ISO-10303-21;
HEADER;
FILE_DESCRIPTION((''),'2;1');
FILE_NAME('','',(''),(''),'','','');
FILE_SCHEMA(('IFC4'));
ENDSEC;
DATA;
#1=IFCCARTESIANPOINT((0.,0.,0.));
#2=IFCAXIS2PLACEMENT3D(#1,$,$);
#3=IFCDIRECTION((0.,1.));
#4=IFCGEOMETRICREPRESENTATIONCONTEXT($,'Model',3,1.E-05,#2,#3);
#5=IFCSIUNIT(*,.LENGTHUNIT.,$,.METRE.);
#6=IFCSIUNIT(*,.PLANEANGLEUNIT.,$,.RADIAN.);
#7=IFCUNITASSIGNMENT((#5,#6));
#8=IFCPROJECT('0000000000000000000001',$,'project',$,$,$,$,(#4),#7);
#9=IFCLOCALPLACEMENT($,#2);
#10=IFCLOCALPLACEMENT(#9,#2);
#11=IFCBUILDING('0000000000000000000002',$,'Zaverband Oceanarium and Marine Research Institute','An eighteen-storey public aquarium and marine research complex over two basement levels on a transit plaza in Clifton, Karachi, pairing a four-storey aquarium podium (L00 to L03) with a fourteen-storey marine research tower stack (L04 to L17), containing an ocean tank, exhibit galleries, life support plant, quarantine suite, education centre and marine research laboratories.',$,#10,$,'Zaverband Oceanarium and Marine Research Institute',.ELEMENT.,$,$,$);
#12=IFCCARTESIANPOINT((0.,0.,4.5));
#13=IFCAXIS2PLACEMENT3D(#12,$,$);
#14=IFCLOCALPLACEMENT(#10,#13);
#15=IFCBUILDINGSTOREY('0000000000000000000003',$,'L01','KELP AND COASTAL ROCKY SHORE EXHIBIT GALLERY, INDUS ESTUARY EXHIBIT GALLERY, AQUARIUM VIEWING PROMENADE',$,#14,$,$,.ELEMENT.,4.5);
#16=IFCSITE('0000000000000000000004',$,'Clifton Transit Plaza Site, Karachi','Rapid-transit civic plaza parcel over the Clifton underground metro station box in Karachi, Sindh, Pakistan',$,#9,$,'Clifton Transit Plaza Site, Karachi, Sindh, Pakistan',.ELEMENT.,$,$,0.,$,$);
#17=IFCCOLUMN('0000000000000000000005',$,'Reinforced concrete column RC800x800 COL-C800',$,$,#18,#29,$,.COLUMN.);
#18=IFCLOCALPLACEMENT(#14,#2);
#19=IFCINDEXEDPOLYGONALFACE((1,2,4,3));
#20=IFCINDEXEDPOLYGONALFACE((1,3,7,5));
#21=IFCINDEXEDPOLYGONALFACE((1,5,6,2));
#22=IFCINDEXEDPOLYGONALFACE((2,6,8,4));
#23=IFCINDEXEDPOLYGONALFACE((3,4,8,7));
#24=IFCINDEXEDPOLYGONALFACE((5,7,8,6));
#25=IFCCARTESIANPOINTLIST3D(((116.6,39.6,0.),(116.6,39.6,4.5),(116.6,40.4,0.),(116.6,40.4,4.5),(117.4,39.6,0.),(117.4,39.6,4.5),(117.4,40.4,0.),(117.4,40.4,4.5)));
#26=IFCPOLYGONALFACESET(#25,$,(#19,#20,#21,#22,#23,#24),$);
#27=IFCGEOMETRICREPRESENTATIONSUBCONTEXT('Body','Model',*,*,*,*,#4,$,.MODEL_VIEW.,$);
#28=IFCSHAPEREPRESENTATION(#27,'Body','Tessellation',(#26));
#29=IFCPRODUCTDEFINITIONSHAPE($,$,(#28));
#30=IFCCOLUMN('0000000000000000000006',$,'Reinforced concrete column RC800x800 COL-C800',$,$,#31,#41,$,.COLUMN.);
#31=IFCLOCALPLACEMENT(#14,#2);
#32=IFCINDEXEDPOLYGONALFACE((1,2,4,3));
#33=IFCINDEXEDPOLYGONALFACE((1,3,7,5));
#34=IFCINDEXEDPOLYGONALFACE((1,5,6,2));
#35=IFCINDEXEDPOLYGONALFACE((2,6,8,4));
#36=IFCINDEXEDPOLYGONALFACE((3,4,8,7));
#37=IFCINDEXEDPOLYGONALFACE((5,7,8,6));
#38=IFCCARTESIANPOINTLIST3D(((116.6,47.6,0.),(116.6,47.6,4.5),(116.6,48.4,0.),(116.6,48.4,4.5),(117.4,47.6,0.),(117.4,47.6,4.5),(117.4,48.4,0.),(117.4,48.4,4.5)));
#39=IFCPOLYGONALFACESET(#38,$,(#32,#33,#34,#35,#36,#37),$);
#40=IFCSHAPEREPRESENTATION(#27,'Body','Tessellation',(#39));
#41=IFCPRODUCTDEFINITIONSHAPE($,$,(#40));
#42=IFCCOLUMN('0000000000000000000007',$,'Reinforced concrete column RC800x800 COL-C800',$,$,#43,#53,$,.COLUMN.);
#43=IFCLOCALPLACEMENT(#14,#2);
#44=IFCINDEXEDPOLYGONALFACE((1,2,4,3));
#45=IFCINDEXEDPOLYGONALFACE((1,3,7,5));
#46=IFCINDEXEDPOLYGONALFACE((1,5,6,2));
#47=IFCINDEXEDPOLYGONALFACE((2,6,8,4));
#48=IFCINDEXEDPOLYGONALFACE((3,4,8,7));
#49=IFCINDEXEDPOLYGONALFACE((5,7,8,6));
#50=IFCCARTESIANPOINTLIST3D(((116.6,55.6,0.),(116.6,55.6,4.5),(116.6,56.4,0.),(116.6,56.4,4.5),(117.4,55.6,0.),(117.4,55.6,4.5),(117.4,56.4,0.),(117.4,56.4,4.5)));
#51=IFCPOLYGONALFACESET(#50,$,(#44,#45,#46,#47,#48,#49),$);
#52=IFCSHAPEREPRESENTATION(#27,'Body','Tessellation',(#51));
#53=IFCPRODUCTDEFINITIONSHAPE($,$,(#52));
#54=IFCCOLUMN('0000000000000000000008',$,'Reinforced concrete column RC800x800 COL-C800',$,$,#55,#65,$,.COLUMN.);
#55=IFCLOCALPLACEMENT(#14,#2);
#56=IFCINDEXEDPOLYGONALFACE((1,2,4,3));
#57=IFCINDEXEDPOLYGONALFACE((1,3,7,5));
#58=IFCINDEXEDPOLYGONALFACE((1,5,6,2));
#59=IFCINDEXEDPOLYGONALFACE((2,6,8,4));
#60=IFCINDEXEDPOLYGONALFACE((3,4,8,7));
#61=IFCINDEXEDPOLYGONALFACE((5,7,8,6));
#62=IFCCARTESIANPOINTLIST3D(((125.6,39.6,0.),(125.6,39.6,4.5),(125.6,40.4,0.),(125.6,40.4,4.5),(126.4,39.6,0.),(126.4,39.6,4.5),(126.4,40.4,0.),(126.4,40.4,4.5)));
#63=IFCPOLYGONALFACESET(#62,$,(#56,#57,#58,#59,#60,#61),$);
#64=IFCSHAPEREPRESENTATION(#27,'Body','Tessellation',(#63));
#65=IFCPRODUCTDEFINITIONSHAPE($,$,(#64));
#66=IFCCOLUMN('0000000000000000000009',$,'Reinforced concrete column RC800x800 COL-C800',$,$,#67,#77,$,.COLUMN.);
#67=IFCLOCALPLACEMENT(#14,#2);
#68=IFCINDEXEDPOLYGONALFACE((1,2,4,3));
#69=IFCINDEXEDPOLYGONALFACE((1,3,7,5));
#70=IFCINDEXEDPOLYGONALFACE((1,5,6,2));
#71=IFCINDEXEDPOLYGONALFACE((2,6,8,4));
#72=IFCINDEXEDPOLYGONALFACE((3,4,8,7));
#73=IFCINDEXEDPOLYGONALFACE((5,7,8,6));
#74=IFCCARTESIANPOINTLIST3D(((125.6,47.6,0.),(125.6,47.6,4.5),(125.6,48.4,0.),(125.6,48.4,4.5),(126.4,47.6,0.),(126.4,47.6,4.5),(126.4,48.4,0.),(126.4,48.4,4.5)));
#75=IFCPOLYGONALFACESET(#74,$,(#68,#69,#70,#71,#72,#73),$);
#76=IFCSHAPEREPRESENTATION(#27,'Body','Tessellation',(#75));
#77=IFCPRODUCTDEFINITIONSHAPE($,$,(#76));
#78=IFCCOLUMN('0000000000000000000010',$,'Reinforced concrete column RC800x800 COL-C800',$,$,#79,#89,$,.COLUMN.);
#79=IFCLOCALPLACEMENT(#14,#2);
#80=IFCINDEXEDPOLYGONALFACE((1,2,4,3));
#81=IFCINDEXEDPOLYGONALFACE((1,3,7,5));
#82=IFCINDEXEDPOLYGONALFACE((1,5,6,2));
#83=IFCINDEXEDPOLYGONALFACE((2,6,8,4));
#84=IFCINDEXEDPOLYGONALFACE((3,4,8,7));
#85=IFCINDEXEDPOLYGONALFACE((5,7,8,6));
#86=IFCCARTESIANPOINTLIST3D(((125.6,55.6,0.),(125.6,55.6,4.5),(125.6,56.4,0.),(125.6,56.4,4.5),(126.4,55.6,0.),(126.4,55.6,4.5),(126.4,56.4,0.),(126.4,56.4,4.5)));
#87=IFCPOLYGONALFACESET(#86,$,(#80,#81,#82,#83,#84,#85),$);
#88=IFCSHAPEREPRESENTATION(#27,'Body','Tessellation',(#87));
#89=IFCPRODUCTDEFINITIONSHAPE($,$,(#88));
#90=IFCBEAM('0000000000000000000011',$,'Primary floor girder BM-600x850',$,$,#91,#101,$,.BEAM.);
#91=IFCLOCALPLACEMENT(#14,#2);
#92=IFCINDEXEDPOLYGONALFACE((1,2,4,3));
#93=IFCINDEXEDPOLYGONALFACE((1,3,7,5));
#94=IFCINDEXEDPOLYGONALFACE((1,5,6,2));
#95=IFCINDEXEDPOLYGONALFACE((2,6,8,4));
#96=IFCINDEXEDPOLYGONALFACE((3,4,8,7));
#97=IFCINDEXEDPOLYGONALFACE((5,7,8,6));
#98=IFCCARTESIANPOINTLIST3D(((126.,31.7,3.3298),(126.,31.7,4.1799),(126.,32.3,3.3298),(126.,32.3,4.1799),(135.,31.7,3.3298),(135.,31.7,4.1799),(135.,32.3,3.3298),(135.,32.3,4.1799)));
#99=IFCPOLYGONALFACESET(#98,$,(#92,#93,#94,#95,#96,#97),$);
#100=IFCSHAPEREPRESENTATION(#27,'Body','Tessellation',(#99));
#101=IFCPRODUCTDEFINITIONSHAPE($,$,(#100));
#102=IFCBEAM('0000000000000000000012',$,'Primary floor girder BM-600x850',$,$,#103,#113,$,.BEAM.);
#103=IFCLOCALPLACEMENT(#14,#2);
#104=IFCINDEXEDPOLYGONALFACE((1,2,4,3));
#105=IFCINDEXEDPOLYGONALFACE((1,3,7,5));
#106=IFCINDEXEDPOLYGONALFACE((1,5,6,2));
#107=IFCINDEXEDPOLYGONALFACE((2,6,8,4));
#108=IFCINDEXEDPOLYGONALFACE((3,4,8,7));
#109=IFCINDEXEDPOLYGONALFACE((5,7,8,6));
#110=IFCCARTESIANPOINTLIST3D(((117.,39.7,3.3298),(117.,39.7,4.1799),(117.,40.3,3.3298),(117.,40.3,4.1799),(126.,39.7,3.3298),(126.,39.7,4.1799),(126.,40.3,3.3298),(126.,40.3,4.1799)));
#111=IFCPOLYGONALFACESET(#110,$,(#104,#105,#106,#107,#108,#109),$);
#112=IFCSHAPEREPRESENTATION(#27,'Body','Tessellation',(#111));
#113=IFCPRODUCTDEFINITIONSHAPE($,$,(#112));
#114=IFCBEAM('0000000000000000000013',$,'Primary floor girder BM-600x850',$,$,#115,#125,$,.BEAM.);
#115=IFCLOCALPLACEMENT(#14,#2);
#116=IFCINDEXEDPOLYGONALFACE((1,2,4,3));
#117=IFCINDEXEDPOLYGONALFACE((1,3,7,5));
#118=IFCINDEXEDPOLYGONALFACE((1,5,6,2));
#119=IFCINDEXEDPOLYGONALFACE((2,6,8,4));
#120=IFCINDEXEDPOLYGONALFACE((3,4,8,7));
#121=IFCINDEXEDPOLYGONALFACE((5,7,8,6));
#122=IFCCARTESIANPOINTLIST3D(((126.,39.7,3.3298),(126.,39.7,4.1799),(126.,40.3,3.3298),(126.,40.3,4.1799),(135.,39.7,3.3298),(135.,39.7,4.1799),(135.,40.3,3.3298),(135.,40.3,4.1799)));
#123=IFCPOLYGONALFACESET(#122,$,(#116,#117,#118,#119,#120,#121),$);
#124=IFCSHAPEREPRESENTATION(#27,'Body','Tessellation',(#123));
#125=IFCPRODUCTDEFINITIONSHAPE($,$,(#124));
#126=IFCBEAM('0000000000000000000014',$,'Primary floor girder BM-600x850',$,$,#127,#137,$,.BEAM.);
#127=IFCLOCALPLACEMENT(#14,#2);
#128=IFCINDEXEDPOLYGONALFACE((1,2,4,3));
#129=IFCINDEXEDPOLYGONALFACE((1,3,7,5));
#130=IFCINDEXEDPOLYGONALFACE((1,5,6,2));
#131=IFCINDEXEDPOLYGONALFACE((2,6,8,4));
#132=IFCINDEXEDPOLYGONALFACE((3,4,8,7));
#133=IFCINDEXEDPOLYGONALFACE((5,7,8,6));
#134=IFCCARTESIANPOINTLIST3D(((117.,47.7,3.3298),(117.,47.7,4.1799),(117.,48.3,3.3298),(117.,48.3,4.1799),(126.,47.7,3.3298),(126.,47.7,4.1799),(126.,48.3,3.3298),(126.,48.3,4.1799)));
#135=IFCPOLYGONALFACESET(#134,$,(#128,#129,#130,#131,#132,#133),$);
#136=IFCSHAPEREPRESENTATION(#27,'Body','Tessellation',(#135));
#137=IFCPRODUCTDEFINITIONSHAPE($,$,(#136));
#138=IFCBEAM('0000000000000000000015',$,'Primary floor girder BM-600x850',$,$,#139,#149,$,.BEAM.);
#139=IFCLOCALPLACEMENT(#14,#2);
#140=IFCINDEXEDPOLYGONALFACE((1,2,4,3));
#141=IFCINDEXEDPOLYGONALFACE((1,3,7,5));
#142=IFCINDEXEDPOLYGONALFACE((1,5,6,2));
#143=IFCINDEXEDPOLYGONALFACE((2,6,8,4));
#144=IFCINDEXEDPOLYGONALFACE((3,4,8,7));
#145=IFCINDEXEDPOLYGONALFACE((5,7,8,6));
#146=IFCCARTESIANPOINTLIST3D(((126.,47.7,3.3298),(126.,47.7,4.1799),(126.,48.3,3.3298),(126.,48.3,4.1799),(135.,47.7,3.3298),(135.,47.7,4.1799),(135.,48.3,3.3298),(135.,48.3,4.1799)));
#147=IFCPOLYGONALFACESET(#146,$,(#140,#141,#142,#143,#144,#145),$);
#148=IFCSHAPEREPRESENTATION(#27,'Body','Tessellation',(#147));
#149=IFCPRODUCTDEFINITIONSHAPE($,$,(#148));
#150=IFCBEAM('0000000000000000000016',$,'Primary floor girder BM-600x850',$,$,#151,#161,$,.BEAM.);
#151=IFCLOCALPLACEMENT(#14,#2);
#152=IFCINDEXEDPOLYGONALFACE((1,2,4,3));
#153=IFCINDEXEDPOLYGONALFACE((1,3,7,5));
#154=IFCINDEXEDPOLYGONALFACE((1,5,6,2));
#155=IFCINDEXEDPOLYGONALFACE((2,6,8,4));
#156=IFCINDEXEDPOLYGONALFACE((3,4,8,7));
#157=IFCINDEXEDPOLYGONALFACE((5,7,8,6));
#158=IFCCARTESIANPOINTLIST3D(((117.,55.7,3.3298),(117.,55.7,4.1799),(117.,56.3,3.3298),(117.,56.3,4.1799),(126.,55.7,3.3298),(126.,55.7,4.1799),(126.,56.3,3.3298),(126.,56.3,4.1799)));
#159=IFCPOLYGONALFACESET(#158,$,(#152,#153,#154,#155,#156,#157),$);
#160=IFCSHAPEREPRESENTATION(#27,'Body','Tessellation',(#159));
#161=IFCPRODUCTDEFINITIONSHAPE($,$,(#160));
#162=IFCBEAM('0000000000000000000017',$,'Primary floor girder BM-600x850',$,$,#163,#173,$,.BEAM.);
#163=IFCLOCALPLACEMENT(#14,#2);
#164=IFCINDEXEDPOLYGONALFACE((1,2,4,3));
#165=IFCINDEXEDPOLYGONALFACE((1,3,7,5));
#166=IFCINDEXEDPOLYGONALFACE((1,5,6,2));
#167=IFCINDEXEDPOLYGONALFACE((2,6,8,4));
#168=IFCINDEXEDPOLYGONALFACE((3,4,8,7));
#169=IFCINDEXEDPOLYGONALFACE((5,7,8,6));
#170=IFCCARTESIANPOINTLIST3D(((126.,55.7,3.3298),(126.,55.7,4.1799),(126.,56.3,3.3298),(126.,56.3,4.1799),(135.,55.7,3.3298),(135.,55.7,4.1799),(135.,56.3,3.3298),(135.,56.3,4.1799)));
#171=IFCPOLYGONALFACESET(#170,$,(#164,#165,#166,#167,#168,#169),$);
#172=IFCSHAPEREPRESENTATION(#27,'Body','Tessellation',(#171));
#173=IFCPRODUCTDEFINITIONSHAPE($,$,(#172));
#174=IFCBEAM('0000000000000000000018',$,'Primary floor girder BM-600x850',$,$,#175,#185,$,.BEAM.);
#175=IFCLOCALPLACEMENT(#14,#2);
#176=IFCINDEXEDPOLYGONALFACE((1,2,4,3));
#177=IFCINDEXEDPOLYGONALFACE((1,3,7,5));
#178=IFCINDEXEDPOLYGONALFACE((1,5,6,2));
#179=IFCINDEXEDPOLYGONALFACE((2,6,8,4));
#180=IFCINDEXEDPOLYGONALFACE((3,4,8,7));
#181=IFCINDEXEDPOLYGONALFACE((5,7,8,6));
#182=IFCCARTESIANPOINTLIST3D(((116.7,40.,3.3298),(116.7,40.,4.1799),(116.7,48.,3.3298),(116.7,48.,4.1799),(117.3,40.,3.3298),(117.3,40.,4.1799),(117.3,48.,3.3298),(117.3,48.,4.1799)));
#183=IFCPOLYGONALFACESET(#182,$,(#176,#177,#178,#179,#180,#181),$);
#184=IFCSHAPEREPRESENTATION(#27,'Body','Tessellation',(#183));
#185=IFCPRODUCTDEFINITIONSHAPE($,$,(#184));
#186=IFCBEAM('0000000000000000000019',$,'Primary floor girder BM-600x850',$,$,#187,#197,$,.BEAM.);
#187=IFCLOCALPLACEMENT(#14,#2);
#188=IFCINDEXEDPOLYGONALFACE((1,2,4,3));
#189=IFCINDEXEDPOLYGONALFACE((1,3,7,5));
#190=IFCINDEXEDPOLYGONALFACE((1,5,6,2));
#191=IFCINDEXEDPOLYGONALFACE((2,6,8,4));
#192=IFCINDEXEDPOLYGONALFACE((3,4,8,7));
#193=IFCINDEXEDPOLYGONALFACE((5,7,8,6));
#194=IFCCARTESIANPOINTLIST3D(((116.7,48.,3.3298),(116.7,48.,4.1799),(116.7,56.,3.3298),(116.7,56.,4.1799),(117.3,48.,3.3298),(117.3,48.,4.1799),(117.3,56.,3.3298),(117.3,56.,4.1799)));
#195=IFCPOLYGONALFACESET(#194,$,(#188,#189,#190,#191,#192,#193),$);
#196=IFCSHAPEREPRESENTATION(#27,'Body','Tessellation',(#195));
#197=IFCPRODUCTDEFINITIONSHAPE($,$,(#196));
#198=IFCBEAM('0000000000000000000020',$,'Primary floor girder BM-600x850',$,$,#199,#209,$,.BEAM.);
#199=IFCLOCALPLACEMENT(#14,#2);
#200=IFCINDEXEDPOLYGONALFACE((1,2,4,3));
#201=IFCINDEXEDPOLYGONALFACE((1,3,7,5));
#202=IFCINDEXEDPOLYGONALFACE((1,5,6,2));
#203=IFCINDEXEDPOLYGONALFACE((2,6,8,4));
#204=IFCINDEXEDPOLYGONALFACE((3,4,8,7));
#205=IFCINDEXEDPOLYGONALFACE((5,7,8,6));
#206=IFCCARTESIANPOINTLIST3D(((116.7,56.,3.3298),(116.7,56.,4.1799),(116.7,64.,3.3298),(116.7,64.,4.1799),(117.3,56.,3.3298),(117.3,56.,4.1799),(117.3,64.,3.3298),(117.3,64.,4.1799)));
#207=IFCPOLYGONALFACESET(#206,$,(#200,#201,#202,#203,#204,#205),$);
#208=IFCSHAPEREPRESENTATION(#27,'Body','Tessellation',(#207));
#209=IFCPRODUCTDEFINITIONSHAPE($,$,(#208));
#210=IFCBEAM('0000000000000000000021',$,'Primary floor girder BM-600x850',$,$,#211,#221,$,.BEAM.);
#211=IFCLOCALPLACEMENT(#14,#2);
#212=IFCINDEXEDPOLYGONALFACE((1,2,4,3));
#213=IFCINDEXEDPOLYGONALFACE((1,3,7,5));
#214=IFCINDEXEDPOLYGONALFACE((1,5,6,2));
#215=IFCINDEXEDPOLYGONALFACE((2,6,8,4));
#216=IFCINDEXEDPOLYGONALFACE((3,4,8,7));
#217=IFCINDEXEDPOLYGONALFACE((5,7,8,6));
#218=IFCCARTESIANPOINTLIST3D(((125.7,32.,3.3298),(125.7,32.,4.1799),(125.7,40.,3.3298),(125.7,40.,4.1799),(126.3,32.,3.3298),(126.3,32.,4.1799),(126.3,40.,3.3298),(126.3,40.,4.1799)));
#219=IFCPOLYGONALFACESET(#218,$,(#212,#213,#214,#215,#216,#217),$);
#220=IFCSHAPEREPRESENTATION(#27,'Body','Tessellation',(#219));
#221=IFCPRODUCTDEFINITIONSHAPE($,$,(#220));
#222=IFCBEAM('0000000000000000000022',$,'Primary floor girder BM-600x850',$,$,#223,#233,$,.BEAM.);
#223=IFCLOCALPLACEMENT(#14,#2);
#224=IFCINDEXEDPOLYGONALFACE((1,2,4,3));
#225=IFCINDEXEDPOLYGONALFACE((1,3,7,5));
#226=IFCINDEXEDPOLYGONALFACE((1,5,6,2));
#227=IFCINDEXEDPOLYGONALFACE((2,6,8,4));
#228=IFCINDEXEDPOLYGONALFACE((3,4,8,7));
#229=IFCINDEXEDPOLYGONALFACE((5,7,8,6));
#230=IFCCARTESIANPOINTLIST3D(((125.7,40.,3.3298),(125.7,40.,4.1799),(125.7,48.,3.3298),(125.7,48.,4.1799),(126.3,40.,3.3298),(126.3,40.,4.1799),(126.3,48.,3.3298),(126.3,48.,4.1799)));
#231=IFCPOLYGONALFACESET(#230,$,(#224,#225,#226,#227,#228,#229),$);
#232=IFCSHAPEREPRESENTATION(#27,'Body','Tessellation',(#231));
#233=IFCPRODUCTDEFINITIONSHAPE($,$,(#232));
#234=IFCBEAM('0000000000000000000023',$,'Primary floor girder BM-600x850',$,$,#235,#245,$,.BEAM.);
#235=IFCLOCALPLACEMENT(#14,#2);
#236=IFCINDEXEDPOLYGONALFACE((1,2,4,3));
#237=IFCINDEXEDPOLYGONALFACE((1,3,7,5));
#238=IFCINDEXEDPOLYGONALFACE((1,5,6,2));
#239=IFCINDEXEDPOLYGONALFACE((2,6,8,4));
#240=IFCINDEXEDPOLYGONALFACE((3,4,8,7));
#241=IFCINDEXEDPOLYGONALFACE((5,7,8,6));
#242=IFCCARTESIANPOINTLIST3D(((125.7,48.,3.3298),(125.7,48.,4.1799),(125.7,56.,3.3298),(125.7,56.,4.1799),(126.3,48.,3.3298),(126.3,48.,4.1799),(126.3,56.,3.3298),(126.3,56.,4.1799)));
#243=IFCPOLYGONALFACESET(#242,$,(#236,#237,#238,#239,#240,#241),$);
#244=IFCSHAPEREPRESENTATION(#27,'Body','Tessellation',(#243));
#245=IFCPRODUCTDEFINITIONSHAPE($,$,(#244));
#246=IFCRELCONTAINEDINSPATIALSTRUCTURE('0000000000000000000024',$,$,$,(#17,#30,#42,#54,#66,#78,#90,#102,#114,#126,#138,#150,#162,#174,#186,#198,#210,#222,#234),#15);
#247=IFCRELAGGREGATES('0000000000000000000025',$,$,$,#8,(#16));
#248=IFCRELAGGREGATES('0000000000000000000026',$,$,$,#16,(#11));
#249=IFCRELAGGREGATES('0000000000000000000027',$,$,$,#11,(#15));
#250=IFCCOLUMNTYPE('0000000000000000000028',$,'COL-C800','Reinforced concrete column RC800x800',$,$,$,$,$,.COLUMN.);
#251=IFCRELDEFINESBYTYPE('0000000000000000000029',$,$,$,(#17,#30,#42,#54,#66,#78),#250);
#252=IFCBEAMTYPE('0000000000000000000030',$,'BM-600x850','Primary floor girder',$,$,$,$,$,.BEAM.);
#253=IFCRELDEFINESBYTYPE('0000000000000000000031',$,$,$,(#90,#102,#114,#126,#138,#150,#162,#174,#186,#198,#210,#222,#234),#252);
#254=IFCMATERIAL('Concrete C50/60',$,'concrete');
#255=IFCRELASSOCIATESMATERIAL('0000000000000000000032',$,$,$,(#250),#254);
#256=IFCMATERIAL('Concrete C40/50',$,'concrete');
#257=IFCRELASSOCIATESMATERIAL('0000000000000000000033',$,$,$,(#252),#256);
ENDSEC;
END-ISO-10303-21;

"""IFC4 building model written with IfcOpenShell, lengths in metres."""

from ifc_helpers import new_model, si_unit, direction, frame, origin, origin_2d, place, context, subcontext, project, spatial, rectangle, extrude, material, material_profile, profile_set, type_object, element, save


model = new_model("IFC4")

# Units and contexts
model_context = context("Model", 3, precision=1e-05, world=origin(), true_north=direction((0.0, 1.0)))
body_context = subcontext(model_context, "Body", "Model", "MODEL_VIEW")
ifc_project = project(units=[si_unit("LENGTHUNIT", "METRE"), si_unit("PLANEANGLEUNIT", "RADIAN")], contexts=[model_context])

# Site, building, storey
site_placement = place(None, origin())
site = spatial("IfcSite", under=ifc_project, at=site_placement, Name="Clifton Transit Plaza Site, Karachi", Description="Rapid-transit civic plaza parcel over the Clifton underground metro station box in Karachi, Sindh, Pakistan", LongName="Clifton Transit Plaza Site, Karachi, Sindh, Pakistan", CompositionType="ELEMENT", RefElevation=0.0)
building_placement = place(site_placement, origin())
building = spatial("IfcBuilding", under=site, at=building_placement, Name="Zaverband Oceanarium and Marine Research Institute", Description="An eighteen-storey public aquarium and marine research complex over two basement levels on a transit plaza in Clifton, Karachi, pairing a four-storey aquarium podium (L00 to L03) with a fourteen-storey marine research tower stack (L04 to L17), containing an ocean tank, exhibit galleries, life support plant, quarantine suite, education centre and marine research laboratories.", LongName="Zaverband Oceanarium and Marine Research Institute", CompositionType="ELEMENT")
storey_placement = place(building_placement, frame((0.0, 0.0, 4.5)))
storey = spatial("IfcBuildingStorey", under=building, at=storey_placement, Name="L01", Description="KELP AND COASTAL ROCKY SHORE EXHIBIT GALLERY, INDUS ESTUARY EXHIBIT GALLERY, AQUARIUM VIEWING PROMENADE", CompositionType="ELEMENT", Elevation=4.5)

# Columns
ifc_material_1 = material(Name="Concrete C50/60", Category="concrete")
ifc_material_profile_1 = material_profile(ifc_material_1, rectangle(XDim=0.8, YDim=0.8, at=origin_2d()), Name="RC800x800")
ifc_profile_set_1 = profile_set([ifc_material_profile_1], Name="Concrete C50/60")
column_type = type_object("IfcColumnType", Name="COL-C800", Description="Reinforced concrete column RC800x800", PredefinedType="COLUMN", material=ifc_profile_set_1)
for number, where, z_axis, x_axis, name in (
    (1, (117.0, 40.0, 0.0), (0.0, 0.0, 1.0), (1.0, 0.0, 0.0), "Reinforced concrete column RC800x800 COL-C800"),
    (2, (117.0, 48.0, 0.0), (0.0, 0.0, 1.0), (1.0, 0.0, 0.0), "Reinforced concrete column RC800x800 COL-C800"),
    (3, (117.0, 56.0, 0.0), (0.0, 0.0, 1.0), (1.0, 0.0, 0.0), "Reinforced concrete column RC800x800 COL-C800"),
    (4, (126.0, 40.0, 0.0), (0.0, 0.0, 1.0), (1.0, 0.0, 0.0), "Reinforced concrete column RC800x800 COL-C800"),
    (5, (126.0, 48.0, 0.0), (0.0, 0.0, 1.0), (1.0, 0.0, 0.0), "Reinforced concrete column RC800x800 COL-C800"),
    (6, (126.0, 56.0, 0.0), (0.0, 0.0, 1.0), (1.0, 0.0, 0.0), "Reinforced concrete column RC800x800 COL-C800"),
):
    element("IfcColumn", number, at=place(storey_placement, frame(where, z_axis=z_axis, x_axis=x_axis)), inside=storey, type_object=column_type, Name=name, PredefinedType="COLUMN", context=body_context, shape_type="SweptSolid", body=[
        extrude(rectangle(XDim=0.8, YDim=0.8, at=origin_2d()), origin(), (0.0, 0.0, 1.0), 4.5),
    ])

# Beams
ifc_material_2 = material(Name="Concrete C40/50", Category="concrete")
ifc_material_profile_2 = material_profile(ifc_material_2, rectangle(XDim=0.6001, YDim=0.8501, at=origin_2d()), Name="RC600x850")
ifc_profile_set_2 = profile_set([ifc_material_profile_2], Name="Concrete C40/50")
beam_type_1 = type_object("IfcBeamType", Name="BM-600x850", Description="Primary floor girder", PredefinedType="BEAM", material=ifc_profile_set_2)
for number, where, z_axis, x_axis, name in (
    (7, (126.0, 32.0, 3.7549), (1.0, 0.0, 0.0), (0.0, 1.0, 0.0), "Primary floor girder BM-600x850"),
    (8, (117.0, 40.0, 3.7549), (1.0, 0.0, 0.0), (0.0, 1.0, 0.0), "Primary floor girder BM-600x850"),
    (9, (126.0, 40.0, 3.7549), (1.0, 0.0, 0.0), (0.0, 1.0, 0.0), "Primary floor girder BM-600x850"),
    (10, (117.0, 48.0, 3.7549), (1.0, 0.0, 0.0), (0.0, 1.0, 0.0), "Primary floor girder BM-600x850"),
    (11, (126.0, 48.0, 3.7549), (1.0, 0.0, 0.0), (0.0, 1.0, 0.0), "Primary floor girder BM-600x850"),
    (12, (117.0, 56.0, 3.7549), (1.0, 0.0, 0.0), (0.0, 1.0, 0.0), "Primary floor girder BM-600x850"),
    (13, (126.0, 56.0, 3.7549), (1.0, 0.0, 0.0), (0.0, 1.0, 0.0), "Primary floor girder BM-600x850"),
):
    element("IfcBeam", number, at=place(storey_placement, frame(where, z_axis=z_axis, x_axis=x_axis)), inside=storey, type_object=beam_type_1, Name=name, PredefinedType="BEAM", context=body_context, shape_type="SweptSolid", body=[
        extrude(rectangle(XDim=0.6001, YDim=0.8501, at=origin_2d()), origin(), (0.0, 0.0, 1.0), 9.0),
    ])
for number, where, z_axis, x_axis, name in (
    (14, (117.0, 40.0, 3.7549), (0.0, 1.0, 0.0), (-1.0, 0.0, 0.0), "Primary floor girder BM-600x850"),
    (15, (117.0, 48.0, 3.7549), (0.0, 1.0, 0.0), (-1.0, 0.0, 0.0), "Primary floor girder BM-600x850"),
    (16, (117.0, 56.0, 3.7549), (0.0, 1.0, 0.0), (-1.0, 0.0, 0.0), "Primary floor girder BM-600x850"),
    (17, (126.0, 32.0, 3.7549), (0.0, 1.0, 0.0), (-1.0, 0.0, 0.0), "Primary floor girder BM-600x850"),
    (18, (126.0, 40.0, 3.7549), (0.0, 1.0, 0.0), (-1.0, 0.0, 0.0), "Primary floor girder BM-600x850"),
    (19, (126.0, 48.0, 3.7549), (0.0, 1.0, 0.0), (-1.0, 0.0, 0.0), "Primary floor girder BM-600x850"),
):
    element("IfcBeam", number, at=place(storey_placement, frame(where, z_axis=z_axis, x_axis=x_axis)), inside=storey, type_object=beam_type_1, Name=name, PredefinedType="BEAM", context=body_context, shape_type="SweptSolid", body=[
        extrude(rectangle(XDim=0.6001, YDim=0.8501, at=origin_2d()), origin(), (0.0, 0.0, 1.0), 8.0),
    ])

save(model, "model.ifc")
